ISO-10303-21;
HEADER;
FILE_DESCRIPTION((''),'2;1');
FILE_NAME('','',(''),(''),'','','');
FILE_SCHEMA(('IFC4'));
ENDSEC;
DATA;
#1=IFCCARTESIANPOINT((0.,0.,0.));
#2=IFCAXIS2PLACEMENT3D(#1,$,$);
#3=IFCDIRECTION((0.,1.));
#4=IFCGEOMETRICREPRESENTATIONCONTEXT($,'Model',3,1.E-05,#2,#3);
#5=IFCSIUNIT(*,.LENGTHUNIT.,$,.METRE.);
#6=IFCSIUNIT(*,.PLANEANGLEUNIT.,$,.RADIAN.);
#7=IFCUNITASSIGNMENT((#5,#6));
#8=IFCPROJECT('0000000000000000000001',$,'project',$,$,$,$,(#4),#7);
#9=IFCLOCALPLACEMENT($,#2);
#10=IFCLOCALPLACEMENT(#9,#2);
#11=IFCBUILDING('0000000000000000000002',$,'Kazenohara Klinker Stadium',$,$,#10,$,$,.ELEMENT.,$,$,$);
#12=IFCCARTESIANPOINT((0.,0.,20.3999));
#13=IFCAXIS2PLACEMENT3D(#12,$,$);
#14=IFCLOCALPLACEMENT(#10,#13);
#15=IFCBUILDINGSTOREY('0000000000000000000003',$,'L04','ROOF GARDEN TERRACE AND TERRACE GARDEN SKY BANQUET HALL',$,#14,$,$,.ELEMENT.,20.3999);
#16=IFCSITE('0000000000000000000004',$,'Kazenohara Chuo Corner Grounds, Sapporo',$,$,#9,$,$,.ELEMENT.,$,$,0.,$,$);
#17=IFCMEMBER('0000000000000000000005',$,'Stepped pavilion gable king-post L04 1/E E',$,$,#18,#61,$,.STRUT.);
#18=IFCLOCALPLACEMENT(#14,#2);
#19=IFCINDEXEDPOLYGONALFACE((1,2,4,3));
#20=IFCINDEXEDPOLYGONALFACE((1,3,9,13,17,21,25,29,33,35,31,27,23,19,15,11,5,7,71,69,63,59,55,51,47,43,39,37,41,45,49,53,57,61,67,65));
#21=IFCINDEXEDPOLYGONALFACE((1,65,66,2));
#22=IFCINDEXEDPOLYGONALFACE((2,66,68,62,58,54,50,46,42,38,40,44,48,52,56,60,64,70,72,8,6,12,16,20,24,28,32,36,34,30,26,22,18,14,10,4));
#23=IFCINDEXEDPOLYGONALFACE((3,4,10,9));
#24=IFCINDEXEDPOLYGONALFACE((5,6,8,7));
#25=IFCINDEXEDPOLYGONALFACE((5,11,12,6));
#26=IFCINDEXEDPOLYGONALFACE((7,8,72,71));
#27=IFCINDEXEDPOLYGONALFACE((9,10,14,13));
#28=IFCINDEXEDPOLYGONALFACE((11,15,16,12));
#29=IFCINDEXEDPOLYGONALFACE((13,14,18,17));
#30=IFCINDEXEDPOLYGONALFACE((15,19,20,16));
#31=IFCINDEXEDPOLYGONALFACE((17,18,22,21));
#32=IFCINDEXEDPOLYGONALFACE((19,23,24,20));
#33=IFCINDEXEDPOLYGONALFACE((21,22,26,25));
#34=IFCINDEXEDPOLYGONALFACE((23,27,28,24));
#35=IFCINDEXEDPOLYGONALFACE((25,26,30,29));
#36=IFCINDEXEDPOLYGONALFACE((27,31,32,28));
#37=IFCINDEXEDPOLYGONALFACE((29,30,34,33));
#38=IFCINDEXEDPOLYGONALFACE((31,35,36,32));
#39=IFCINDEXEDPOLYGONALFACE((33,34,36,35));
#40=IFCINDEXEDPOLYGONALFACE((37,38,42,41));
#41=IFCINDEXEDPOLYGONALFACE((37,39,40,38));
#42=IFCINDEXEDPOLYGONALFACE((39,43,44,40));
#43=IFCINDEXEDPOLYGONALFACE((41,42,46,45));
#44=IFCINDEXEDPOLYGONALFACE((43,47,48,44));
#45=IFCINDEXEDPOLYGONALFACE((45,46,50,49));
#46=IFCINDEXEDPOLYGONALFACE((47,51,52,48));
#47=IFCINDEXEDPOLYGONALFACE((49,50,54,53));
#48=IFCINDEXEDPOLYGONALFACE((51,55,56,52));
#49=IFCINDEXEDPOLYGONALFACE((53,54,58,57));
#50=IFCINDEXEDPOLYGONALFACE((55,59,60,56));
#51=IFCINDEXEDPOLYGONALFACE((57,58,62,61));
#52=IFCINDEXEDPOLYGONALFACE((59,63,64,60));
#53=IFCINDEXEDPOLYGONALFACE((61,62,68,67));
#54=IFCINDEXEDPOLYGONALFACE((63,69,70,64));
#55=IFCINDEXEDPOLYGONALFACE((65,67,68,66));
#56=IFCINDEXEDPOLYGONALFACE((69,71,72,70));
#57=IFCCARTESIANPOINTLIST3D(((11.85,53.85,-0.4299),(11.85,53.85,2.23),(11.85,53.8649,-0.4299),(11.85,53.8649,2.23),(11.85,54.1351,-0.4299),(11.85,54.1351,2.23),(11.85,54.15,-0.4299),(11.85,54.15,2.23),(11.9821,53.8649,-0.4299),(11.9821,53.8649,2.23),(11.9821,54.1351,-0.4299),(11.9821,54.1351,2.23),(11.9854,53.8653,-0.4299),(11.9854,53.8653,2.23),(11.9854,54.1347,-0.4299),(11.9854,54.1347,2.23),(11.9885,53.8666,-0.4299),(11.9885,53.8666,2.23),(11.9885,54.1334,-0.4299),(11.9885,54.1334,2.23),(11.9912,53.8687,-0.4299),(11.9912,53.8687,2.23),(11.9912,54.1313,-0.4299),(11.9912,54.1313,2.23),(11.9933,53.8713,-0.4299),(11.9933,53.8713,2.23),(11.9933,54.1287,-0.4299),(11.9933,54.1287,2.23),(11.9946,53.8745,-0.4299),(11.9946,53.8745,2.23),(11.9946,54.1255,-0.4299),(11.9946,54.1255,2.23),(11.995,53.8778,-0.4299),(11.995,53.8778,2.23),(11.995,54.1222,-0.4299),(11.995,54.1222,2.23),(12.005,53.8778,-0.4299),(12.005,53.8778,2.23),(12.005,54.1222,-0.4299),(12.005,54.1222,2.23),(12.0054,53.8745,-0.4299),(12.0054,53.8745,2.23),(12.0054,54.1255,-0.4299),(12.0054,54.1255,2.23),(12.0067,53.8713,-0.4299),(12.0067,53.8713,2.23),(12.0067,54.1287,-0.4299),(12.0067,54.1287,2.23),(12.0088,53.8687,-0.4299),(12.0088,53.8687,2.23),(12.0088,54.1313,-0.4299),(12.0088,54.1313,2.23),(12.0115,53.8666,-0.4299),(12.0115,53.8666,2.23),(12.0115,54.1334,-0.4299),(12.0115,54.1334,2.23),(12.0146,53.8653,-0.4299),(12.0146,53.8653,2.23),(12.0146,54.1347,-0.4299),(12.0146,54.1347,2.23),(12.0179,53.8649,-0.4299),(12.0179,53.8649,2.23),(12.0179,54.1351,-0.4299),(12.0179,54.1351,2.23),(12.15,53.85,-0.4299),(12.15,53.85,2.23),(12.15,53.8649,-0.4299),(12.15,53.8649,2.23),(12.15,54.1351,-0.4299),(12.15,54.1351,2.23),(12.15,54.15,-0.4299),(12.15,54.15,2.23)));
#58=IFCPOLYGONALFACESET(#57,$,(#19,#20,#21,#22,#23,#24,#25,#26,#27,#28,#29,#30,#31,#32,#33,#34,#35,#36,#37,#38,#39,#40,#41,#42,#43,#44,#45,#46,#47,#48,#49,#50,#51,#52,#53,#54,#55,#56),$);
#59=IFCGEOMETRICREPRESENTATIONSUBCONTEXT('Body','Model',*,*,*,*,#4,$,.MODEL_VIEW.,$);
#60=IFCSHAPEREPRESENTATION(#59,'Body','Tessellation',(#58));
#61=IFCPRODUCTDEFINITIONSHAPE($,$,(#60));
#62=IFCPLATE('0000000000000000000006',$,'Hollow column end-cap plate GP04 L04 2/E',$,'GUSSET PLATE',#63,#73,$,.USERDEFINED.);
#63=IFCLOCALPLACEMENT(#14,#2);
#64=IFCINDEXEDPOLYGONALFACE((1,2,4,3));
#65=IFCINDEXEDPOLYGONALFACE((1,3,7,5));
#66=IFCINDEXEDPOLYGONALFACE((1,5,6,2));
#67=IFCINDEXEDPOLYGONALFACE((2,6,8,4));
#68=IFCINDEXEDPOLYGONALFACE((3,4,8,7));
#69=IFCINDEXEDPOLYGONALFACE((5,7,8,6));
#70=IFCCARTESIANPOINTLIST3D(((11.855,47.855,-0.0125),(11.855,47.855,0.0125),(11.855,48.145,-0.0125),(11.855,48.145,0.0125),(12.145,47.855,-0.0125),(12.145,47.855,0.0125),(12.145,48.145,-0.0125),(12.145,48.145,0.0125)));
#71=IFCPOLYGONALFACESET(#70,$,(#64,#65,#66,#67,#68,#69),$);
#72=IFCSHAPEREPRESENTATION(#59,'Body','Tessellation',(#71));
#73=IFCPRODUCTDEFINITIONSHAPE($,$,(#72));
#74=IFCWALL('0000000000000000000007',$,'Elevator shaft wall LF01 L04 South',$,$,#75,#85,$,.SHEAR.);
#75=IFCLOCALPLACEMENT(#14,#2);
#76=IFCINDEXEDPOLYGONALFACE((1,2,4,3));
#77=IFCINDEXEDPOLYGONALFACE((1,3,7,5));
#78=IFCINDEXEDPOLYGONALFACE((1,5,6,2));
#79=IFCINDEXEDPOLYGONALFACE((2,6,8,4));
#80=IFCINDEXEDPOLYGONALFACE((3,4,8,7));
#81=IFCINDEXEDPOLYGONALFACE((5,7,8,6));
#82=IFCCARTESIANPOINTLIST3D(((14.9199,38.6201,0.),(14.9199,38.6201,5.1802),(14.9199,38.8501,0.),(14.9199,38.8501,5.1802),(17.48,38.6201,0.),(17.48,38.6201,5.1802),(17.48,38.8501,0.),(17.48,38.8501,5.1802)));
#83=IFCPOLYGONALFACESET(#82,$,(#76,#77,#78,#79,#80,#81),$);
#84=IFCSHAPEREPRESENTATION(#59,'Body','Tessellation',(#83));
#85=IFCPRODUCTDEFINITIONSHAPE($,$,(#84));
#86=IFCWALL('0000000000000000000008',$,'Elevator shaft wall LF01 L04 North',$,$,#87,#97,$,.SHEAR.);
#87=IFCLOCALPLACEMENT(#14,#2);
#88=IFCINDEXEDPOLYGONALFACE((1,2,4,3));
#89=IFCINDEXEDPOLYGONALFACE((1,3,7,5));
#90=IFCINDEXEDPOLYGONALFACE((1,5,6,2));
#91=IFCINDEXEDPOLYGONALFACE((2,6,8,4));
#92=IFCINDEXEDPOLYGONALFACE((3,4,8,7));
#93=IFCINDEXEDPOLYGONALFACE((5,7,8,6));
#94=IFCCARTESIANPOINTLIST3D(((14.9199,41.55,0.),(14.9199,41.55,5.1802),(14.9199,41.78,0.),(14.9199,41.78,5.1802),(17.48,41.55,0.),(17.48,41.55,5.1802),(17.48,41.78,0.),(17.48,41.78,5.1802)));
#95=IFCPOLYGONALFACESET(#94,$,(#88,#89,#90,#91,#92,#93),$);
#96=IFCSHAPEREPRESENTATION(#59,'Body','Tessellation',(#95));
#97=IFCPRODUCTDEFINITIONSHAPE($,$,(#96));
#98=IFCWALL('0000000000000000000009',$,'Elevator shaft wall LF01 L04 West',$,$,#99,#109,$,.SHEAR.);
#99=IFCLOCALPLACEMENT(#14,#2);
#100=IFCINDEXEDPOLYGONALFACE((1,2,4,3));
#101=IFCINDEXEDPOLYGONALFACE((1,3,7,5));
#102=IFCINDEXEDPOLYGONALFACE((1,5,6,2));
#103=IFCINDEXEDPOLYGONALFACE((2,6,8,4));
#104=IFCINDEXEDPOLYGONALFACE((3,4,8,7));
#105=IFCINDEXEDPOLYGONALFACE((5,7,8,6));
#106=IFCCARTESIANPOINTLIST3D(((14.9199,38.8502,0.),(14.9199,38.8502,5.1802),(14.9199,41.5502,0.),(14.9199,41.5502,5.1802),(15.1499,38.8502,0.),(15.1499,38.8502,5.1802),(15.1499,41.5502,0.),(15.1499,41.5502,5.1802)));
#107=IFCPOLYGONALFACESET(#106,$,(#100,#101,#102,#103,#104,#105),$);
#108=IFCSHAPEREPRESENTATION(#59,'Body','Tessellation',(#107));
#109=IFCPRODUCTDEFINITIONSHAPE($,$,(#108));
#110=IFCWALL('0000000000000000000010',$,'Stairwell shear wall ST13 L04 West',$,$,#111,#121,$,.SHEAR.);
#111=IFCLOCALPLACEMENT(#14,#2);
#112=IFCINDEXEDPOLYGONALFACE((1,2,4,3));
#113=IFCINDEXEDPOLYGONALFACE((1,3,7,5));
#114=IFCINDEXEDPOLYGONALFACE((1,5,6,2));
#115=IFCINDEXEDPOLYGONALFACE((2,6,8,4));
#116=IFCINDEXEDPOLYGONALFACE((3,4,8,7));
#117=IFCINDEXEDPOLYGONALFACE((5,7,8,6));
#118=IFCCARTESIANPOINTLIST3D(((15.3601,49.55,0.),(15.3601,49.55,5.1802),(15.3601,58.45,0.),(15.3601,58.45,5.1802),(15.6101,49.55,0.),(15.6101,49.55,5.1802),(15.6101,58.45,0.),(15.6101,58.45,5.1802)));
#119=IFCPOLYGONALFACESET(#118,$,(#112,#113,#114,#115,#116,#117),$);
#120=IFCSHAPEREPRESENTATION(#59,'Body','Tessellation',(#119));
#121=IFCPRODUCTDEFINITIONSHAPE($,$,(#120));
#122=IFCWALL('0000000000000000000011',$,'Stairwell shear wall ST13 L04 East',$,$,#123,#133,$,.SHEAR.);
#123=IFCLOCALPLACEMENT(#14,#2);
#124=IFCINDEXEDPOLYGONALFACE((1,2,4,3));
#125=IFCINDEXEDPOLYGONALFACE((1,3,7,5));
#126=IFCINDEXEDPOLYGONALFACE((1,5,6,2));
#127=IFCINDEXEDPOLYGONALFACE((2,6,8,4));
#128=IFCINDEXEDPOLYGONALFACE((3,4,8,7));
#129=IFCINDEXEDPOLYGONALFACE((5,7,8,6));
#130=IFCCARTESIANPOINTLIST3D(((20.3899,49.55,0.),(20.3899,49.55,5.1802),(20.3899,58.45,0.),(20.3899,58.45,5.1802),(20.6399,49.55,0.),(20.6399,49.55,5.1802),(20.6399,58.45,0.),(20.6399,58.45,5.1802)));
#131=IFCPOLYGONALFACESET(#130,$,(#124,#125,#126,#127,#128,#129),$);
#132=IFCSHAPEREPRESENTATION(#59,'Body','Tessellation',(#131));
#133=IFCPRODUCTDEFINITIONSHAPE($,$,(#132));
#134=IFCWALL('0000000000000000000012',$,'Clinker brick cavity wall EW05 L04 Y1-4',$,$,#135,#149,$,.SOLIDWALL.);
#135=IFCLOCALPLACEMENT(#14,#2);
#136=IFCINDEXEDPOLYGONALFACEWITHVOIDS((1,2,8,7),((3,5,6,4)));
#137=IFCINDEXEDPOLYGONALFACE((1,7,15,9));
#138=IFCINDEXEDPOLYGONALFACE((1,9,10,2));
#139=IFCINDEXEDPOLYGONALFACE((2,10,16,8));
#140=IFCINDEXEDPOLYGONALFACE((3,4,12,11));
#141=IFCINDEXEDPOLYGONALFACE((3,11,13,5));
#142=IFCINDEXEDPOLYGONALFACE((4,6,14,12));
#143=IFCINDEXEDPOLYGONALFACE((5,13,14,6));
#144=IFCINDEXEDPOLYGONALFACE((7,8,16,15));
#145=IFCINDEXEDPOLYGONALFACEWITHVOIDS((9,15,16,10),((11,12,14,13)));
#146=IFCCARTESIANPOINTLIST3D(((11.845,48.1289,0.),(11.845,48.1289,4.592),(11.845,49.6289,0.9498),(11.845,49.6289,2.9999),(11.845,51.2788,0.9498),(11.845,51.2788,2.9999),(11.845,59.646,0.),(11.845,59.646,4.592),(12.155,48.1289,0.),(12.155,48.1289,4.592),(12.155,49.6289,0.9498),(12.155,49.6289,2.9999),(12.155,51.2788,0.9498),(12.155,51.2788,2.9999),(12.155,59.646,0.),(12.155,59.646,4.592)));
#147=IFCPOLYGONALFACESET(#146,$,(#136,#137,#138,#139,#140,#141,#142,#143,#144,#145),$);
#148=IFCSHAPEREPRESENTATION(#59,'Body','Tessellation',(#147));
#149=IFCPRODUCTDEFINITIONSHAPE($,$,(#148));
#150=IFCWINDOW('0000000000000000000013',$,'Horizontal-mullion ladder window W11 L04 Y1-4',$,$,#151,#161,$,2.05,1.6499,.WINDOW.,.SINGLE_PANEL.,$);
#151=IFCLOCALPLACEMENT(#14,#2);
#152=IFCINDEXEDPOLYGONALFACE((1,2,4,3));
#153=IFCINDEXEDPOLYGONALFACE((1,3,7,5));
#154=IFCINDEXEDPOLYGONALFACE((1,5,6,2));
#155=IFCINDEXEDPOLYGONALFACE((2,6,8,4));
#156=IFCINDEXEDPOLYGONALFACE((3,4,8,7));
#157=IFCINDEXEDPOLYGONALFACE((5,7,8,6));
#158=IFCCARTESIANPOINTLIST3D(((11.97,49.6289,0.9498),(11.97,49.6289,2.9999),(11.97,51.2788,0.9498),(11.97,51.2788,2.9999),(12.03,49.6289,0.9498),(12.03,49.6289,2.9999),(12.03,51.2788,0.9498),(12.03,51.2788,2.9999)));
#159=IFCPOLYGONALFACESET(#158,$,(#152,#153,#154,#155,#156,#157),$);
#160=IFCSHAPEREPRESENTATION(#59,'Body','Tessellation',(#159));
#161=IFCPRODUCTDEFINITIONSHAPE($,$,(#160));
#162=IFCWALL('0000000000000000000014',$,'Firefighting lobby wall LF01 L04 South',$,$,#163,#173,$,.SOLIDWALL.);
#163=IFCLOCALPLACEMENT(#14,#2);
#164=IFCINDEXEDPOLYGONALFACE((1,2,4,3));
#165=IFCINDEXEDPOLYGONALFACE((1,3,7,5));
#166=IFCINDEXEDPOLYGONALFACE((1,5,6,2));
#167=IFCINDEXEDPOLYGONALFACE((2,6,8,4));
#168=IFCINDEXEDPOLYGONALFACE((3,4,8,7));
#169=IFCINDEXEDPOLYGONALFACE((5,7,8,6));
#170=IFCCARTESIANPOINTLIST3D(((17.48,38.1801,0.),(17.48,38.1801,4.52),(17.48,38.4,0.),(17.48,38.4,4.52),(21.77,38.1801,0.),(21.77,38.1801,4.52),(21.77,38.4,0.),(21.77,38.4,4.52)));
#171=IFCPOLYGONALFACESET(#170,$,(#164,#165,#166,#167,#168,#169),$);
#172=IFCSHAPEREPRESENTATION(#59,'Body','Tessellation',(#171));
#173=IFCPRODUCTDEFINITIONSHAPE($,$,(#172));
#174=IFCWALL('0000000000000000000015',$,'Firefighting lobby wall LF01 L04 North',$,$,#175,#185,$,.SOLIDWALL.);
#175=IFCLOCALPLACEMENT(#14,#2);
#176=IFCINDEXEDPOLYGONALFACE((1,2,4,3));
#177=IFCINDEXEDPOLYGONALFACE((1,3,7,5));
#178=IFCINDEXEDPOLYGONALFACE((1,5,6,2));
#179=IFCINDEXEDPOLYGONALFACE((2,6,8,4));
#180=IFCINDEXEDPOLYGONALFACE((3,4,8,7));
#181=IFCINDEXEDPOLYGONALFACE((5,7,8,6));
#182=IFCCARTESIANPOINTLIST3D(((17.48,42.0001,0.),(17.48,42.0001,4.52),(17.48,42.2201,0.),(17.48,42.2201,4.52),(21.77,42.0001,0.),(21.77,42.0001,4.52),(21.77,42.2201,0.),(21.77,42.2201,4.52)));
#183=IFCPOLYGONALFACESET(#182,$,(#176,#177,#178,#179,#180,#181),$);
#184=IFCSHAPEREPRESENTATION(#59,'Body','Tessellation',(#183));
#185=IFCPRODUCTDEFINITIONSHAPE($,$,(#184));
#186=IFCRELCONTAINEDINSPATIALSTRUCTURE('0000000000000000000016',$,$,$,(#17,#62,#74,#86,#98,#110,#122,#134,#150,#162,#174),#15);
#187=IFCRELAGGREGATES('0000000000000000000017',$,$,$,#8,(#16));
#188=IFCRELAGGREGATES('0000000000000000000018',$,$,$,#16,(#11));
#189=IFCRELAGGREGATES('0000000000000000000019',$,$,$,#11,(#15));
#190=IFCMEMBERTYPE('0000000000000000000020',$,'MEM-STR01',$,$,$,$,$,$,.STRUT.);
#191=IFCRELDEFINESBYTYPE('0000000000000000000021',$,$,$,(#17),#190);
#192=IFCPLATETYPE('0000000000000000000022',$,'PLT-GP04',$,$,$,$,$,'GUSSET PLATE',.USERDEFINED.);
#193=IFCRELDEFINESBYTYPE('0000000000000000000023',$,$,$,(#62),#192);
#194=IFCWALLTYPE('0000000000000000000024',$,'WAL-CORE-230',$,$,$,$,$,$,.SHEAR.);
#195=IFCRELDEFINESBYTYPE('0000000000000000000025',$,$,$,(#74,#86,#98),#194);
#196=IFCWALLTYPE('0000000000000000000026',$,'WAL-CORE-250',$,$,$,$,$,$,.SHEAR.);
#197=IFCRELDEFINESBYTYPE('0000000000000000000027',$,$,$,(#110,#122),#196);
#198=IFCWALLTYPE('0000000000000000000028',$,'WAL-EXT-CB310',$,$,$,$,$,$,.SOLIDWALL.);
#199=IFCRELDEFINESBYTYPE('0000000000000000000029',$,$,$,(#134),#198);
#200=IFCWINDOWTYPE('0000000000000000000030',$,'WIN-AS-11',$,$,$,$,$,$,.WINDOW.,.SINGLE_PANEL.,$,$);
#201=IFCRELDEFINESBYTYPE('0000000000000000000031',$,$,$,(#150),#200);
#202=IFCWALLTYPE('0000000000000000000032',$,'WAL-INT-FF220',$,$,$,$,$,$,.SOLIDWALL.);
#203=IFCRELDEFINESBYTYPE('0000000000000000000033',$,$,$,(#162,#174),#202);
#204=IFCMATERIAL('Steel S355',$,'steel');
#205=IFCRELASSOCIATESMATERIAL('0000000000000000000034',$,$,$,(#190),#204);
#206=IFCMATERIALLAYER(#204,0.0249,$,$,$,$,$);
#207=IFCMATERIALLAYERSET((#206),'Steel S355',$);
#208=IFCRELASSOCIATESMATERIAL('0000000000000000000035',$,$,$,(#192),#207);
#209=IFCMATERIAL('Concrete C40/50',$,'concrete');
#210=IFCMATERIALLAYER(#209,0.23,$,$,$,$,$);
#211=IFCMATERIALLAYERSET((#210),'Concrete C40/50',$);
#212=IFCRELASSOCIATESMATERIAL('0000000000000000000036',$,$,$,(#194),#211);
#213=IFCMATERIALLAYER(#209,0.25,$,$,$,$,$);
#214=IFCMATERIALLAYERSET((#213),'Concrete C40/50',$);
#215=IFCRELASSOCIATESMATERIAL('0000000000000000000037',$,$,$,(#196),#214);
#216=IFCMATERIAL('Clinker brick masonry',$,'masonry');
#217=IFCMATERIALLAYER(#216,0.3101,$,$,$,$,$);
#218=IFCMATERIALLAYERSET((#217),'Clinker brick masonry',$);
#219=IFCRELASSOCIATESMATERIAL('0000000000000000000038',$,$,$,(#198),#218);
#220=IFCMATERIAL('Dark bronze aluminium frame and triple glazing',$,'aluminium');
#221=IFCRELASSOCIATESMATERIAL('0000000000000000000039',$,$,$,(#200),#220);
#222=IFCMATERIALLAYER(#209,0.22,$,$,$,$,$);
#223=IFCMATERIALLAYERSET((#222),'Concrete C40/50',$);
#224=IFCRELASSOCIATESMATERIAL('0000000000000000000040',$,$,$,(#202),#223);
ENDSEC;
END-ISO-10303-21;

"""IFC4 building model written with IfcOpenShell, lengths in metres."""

from ifc_helpers import new_model, si_unit, direction, frame, frame_2d, origin, origin_2d, place, context, subcontext, project, spatial, rectangle, i_section, extrude, material, layer, layer_set, material_profile, profile_set, type_object, element, fill, save


model = new_model("IFC4")

# Units and contexts
model_context = context("Model", 3, precision=1e-05, world=origin(), true_north=direction((0.0, 1.0)))
body_context = subcontext(model_context, "Body", "Model", "MODEL_VIEW")
ifc_project = project(units=[si_unit("LENGTHUNIT", "METRE"), si_unit("PLANEANGLEUNIT", "RADIAN")], contexts=[model_context])

# Site, building, storey
site_placement = place(None, origin())
site = spatial("IfcSite", under=ifc_project, at=site_placement, Name="Kazenohara Chuo Corner Grounds, Sapporo", CompositionType="ELEMENT", RefElevation=0.0)
building_placement = place(site_placement, origin())
building = spatial("IfcBuilding", under=site, at=building_placement, Name="Kazenohara Klinker Stadium", CompositionType="ELEMENT")
storey_placement = place(building_placement, frame((0.0, 0.0, 20.3999)))
storey = spatial("IfcBuildingStorey", under=building, at=storey_placement, Name="L04", Description="ROOF GARDEN TERRACE AND TERRACE GARDEN SKY BANQUET HALL", CompositionType="ELEMENT", Elevation=20.3999)

# Shared definitions
ifc_material_1 = material(Name="Concrete C40/50", Category="concrete")
ifc_material_2 = material(Name="Steel S355", Category="steel")

# Member
ifc_material_profile_1 = material_profile(ifc_material_2, i_section(OverallWidth=0.3, OverallDepth=0.3, WebThickness=0.01, FlangeThickness=0.0149, FilletRadius=0.0129, at=origin_2d()), Name="H-300x300x10x15")
ifc_profile_set_1 = profile_set([ifc_material_profile_1], Name="Steel S355")
member_type = type_object("IfcMemberType", Name="MEM-STR01", PredefinedType="STRUT", material=ifc_profile_set_1)
member_placement = place(storey_placement, frame((12.0, 54.0, -0.4299), z_axis=(0.0, 0.0, 1.0), x_axis=(1.0, 0.0, 0.0)))
element("IfcMember", 1, at=member_placement, inside=storey, type_object=member_type, Name="Stepped pavilion gable king-post L04 1/E E", PredefinedType="STRUT", context=body_context, shape_type="SweptSolid", body=[
    extrude(i_section(OverallWidth=0.3, OverallDepth=0.3, WebThickness=0.01, FlangeThickness=0.0149, FilletRadius=0.0129, at=origin_2d()), origin(), (0.0, 0.0, 1.0), 2.6599),
])

# Plate
ifc_layer_1 = layer(ifc_material_2, 0.0249)
ifc_layer_set_1 = layer_set([ifc_layer_1], Name="Steel S355")
plate_type = type_object("IfcPlateType", Name="PLT-GP04", ElementType="GUSSET PLATE", PredefinedType="USERDEFINED", material=ifc_layer_set_1)
plate_placement = place(storey_placement, frame((12.0, 48.0, -0.0125), z_axis=(0.0, 0.0, 1.0), x_axis=(1.0, 0.0, 0.0)))
element("IfcPlate", 2, at=plate_placement, inside=storey, type_object=plate_type, Name="Hollow column end-cap plate GP04 L04 2/E", ObjectType="GUSSET PLATE", PredefinedType="USERDEFINED", context=body_context, shape_type="SweptSolid", body=[
    extrude(rectangle(XDim=0.29, YDim=0.29, at=origin_2d()), origin(), (0.0, 0.0, 1.0), 0.0249),
])

# Walls
ifc_layer_2 = layer(ifc_material_1, 0.23)
ifc_layer_set_2 = layer_set([ifc_layer_2], Name="Concrete C40/50")
wall_type_1 = type_object("IfcWallType", Name="WAL-CORE-230", PredefinedType="SHEAR", material=ifc_layer_set_2)
for number, where, z_axis, x_axis, name in (
    (3, (14.9199, 38.7351, 0.0), (0.0, 0.0, 1.0), (1.0, 0.0, 0.0), "Elevator shaft wall LF01 L04 South"),
    (4, (14.9199, 41.665, 0.0), (0.0, 0.0, 1.0), (1.0, 0.0, 0.0), "Elevator shaft wall LF01 L04 North"),
):
    element("IfcWall", number, at=place(storey_placement, frame(where, z_axis=z_axis, x_axis=x_axis)), inside=storey, type_object=wall_type_1, Name=name, PredefinedType="SHEAR", context=body_context, shape_type="SweptSolid", body=[
        extrude(rectangle(XDim=2.5601, YDim=0.23, at=frame_2d((1.28, 0.0))), origin(), (0.0, 0.0, 1.0), 5.1802),
    ])
wall_1_placement = place(storey_placement, frame((15.0349, 38.8501, 0.0), z_axis=(0.0, 0.0, 1.0), x_axis=(0.0, 1.0, 0.0)))
element("IfcWall", 5, at=wall_1_placement, inside=storey, type_object=wall_type_1, Name="Elevator shaft wall LF01 L04 West", PredefinedType="SHEAR", context=body_context, shape_type="SweptSolid", body=[
    extrude(rectangle(XDim=2.7, YDim=0.23, at=frame_2d((1.3501, 0.0))), origin(), (0.0, 0.0, 1.0), 5.1802),
])

# Shared definitions
ifc_layer_3 = layer(ifc_material_1, 0.25)
ifc_layer_set_3 = layer_set([ifc_layer_3], Name="Concrete C40/50")
wall_type_2 = type_object("IfcWallType", Name="WAL-CORE-250", PredefinedType="SHEAR", material=ifc_layer_set_3)

# Walls
for number, where, z_axis, x_axis, name in (
    (6, (15.4851, 49.55, 0.0), (0.0, 0.0, 1.0), (0.0, 1.0, 0.0), "Stairwell shear wall ST13 L04 West"),
    (7, (20.5149, 49.55, 0.0), (0.0, 0.0, 1.0), (0.0, 1.0, 0.0), "Stairwell shear wall ST13 L04 East"),
):
    element("IfcWall", number, at=place(storey_placement, frame(where, z_axis=z_axis, x_axis=x_axis)), inside=storey, type_object=wall_type_2, Name=name, PredefinedType="SHEAR", context=body_context, shape_type="SweptSolid", body=[
        extrude(rectangle(XDim=8.8999, YDim=0.25, at=frame_2d((4.45, 0.0))), origin(), (0.0, 0.0, 1.0), 5.1802),
    ])

# Wall, opening, window
ifc_material_3 = material(Name="Clinker brick masonry", Category="masonry")
ifc_layer_4 = layer(ifc_material_3, 0.3101)
ifc_layer_set_4 = layer_set([ifc_layer_4], Name="Clinker brick masonry")
wall_type_3 = type_object("IfcWallType", Name="WAL-EXT-CB310", PredefinedType="SOLIDWALL", material=ifc_layer_set_4)
wall_2_placement = place(storey_placement, frame((12.0, 48.1289, 0.0), z_axis=(0.0, 0.0, 1.0), x_axis=(0.0, 1.0, 0.0)))
wall_2 = element("IfcWall", 8, at=wall_2_placement, inside=storey, type_object=wall_type_3, Name="Clinker brick cavity wall EW05 L04 Y1-4", PredefinedType="SOLIDWALL", context=body_context, shape_type="SweptSolid", body=[
    extrude(rectangle(XDim=11.5171, YDim=0.3101, at=frame_2d((5.7585, 0.0))), origin(), (0.0, 0.0, 1.0), 4.592),
])
opening_1_placement = place(wall_2_placement, frame((1.5, 0.0, 0.95)))
opening_1 = element("IfcOpeningElement", 9, at=opening_1_placement, cuts=wall_2, PredefinedType="OPENING", context=body_context, shape_type="SweptSolid", body=[
    extrude(rectangle(XDim=1.6499, YDim=2.05, at=frame_2d((0.825, 1.0249))), frame((0.0, 0.165, 0.0), z_axis=(0.0, -1.0, 0.0), x_axis=(1.0, 0.0, 0.0)), (0.0, 0.0, 1.0), 0.3301),
])
ifc_material_4 = material(Name="Dark bronze aluminium frame and triple glazing", Category="aluminium")
window_type = type_object("IfcWindowType", Name="WIN-AS-11", PartitioningType="SINGLE_PANEL", PredefinedType="WINDOW", material=ifc_material_4)
window_placement = place(opening_1_placement, origin())
window = element("IfcWindow", 10, at=window_placement, inside=storey, type_object=window_type, Name="Horizontal-mullion ladder window W11 L04 Y1-4", OverallHeight=2.05, OverallWidth=1.6499, PartitioningType="SINGLE_PANEL", PredefinedType="WINDOW", context=body_context, shape_type="SweptSolid", body=[
    extrude(rectangle(XDim=1.6499, YDim=2.05, at=frame_2d((0.825, 1.0249))), frame((0.0, 0.03, 0.0), z_axis=(0.0, -1.0, 0.0), x_axis=(1.0, 0.0, 0.0)), (0.0, 0.0, 1.0), 0.0601),
])
fill(opening_1, window)

# Walls
ifc_layer_5 = layer(ifc_material_1, 0.22)
ifc_layer_set_5 = layer_set([ifc_layer_5], Name="Concrete C40/50")
wall_type_4 = type_object("IfcWallType", Name="WAL-INT-FF220", PredefinedType="SOLIDWALL", material=ifc_layer_set_5)
for number, where, z_axis, x_axis, name in (
    (11, (17.48, 38.29, 0.0), (0.0, 0.0, 1.0), (1.0, 0.0, 0.0), "Firefighting lobby wall LF01 L04 South"),
    (12, (17.48, 42.1101, 0.0), (0.0, 0.0, 1.0), (1.0, 0.0, 0.0), "Firefighting lobby wall LF01 L04 North"),
):
    element("IfcWall", number, at=place(storey_placement, frame(where, z_axis=z_axis, x_axis=x_axis)), inside=storey, type_object=wall_type_4, Name=name, PredefinedType="SOLIDWALL", context=body_context, shape_type="SweptSolid", body=[
        extrude(rectangle(XDim=4.29, YDim=0.22, at=frame_2d((2.145, 0.0))), origin(), (0.0, 0.0, 1.0), 4.52),
    ])

save(model, "model.ifc")
